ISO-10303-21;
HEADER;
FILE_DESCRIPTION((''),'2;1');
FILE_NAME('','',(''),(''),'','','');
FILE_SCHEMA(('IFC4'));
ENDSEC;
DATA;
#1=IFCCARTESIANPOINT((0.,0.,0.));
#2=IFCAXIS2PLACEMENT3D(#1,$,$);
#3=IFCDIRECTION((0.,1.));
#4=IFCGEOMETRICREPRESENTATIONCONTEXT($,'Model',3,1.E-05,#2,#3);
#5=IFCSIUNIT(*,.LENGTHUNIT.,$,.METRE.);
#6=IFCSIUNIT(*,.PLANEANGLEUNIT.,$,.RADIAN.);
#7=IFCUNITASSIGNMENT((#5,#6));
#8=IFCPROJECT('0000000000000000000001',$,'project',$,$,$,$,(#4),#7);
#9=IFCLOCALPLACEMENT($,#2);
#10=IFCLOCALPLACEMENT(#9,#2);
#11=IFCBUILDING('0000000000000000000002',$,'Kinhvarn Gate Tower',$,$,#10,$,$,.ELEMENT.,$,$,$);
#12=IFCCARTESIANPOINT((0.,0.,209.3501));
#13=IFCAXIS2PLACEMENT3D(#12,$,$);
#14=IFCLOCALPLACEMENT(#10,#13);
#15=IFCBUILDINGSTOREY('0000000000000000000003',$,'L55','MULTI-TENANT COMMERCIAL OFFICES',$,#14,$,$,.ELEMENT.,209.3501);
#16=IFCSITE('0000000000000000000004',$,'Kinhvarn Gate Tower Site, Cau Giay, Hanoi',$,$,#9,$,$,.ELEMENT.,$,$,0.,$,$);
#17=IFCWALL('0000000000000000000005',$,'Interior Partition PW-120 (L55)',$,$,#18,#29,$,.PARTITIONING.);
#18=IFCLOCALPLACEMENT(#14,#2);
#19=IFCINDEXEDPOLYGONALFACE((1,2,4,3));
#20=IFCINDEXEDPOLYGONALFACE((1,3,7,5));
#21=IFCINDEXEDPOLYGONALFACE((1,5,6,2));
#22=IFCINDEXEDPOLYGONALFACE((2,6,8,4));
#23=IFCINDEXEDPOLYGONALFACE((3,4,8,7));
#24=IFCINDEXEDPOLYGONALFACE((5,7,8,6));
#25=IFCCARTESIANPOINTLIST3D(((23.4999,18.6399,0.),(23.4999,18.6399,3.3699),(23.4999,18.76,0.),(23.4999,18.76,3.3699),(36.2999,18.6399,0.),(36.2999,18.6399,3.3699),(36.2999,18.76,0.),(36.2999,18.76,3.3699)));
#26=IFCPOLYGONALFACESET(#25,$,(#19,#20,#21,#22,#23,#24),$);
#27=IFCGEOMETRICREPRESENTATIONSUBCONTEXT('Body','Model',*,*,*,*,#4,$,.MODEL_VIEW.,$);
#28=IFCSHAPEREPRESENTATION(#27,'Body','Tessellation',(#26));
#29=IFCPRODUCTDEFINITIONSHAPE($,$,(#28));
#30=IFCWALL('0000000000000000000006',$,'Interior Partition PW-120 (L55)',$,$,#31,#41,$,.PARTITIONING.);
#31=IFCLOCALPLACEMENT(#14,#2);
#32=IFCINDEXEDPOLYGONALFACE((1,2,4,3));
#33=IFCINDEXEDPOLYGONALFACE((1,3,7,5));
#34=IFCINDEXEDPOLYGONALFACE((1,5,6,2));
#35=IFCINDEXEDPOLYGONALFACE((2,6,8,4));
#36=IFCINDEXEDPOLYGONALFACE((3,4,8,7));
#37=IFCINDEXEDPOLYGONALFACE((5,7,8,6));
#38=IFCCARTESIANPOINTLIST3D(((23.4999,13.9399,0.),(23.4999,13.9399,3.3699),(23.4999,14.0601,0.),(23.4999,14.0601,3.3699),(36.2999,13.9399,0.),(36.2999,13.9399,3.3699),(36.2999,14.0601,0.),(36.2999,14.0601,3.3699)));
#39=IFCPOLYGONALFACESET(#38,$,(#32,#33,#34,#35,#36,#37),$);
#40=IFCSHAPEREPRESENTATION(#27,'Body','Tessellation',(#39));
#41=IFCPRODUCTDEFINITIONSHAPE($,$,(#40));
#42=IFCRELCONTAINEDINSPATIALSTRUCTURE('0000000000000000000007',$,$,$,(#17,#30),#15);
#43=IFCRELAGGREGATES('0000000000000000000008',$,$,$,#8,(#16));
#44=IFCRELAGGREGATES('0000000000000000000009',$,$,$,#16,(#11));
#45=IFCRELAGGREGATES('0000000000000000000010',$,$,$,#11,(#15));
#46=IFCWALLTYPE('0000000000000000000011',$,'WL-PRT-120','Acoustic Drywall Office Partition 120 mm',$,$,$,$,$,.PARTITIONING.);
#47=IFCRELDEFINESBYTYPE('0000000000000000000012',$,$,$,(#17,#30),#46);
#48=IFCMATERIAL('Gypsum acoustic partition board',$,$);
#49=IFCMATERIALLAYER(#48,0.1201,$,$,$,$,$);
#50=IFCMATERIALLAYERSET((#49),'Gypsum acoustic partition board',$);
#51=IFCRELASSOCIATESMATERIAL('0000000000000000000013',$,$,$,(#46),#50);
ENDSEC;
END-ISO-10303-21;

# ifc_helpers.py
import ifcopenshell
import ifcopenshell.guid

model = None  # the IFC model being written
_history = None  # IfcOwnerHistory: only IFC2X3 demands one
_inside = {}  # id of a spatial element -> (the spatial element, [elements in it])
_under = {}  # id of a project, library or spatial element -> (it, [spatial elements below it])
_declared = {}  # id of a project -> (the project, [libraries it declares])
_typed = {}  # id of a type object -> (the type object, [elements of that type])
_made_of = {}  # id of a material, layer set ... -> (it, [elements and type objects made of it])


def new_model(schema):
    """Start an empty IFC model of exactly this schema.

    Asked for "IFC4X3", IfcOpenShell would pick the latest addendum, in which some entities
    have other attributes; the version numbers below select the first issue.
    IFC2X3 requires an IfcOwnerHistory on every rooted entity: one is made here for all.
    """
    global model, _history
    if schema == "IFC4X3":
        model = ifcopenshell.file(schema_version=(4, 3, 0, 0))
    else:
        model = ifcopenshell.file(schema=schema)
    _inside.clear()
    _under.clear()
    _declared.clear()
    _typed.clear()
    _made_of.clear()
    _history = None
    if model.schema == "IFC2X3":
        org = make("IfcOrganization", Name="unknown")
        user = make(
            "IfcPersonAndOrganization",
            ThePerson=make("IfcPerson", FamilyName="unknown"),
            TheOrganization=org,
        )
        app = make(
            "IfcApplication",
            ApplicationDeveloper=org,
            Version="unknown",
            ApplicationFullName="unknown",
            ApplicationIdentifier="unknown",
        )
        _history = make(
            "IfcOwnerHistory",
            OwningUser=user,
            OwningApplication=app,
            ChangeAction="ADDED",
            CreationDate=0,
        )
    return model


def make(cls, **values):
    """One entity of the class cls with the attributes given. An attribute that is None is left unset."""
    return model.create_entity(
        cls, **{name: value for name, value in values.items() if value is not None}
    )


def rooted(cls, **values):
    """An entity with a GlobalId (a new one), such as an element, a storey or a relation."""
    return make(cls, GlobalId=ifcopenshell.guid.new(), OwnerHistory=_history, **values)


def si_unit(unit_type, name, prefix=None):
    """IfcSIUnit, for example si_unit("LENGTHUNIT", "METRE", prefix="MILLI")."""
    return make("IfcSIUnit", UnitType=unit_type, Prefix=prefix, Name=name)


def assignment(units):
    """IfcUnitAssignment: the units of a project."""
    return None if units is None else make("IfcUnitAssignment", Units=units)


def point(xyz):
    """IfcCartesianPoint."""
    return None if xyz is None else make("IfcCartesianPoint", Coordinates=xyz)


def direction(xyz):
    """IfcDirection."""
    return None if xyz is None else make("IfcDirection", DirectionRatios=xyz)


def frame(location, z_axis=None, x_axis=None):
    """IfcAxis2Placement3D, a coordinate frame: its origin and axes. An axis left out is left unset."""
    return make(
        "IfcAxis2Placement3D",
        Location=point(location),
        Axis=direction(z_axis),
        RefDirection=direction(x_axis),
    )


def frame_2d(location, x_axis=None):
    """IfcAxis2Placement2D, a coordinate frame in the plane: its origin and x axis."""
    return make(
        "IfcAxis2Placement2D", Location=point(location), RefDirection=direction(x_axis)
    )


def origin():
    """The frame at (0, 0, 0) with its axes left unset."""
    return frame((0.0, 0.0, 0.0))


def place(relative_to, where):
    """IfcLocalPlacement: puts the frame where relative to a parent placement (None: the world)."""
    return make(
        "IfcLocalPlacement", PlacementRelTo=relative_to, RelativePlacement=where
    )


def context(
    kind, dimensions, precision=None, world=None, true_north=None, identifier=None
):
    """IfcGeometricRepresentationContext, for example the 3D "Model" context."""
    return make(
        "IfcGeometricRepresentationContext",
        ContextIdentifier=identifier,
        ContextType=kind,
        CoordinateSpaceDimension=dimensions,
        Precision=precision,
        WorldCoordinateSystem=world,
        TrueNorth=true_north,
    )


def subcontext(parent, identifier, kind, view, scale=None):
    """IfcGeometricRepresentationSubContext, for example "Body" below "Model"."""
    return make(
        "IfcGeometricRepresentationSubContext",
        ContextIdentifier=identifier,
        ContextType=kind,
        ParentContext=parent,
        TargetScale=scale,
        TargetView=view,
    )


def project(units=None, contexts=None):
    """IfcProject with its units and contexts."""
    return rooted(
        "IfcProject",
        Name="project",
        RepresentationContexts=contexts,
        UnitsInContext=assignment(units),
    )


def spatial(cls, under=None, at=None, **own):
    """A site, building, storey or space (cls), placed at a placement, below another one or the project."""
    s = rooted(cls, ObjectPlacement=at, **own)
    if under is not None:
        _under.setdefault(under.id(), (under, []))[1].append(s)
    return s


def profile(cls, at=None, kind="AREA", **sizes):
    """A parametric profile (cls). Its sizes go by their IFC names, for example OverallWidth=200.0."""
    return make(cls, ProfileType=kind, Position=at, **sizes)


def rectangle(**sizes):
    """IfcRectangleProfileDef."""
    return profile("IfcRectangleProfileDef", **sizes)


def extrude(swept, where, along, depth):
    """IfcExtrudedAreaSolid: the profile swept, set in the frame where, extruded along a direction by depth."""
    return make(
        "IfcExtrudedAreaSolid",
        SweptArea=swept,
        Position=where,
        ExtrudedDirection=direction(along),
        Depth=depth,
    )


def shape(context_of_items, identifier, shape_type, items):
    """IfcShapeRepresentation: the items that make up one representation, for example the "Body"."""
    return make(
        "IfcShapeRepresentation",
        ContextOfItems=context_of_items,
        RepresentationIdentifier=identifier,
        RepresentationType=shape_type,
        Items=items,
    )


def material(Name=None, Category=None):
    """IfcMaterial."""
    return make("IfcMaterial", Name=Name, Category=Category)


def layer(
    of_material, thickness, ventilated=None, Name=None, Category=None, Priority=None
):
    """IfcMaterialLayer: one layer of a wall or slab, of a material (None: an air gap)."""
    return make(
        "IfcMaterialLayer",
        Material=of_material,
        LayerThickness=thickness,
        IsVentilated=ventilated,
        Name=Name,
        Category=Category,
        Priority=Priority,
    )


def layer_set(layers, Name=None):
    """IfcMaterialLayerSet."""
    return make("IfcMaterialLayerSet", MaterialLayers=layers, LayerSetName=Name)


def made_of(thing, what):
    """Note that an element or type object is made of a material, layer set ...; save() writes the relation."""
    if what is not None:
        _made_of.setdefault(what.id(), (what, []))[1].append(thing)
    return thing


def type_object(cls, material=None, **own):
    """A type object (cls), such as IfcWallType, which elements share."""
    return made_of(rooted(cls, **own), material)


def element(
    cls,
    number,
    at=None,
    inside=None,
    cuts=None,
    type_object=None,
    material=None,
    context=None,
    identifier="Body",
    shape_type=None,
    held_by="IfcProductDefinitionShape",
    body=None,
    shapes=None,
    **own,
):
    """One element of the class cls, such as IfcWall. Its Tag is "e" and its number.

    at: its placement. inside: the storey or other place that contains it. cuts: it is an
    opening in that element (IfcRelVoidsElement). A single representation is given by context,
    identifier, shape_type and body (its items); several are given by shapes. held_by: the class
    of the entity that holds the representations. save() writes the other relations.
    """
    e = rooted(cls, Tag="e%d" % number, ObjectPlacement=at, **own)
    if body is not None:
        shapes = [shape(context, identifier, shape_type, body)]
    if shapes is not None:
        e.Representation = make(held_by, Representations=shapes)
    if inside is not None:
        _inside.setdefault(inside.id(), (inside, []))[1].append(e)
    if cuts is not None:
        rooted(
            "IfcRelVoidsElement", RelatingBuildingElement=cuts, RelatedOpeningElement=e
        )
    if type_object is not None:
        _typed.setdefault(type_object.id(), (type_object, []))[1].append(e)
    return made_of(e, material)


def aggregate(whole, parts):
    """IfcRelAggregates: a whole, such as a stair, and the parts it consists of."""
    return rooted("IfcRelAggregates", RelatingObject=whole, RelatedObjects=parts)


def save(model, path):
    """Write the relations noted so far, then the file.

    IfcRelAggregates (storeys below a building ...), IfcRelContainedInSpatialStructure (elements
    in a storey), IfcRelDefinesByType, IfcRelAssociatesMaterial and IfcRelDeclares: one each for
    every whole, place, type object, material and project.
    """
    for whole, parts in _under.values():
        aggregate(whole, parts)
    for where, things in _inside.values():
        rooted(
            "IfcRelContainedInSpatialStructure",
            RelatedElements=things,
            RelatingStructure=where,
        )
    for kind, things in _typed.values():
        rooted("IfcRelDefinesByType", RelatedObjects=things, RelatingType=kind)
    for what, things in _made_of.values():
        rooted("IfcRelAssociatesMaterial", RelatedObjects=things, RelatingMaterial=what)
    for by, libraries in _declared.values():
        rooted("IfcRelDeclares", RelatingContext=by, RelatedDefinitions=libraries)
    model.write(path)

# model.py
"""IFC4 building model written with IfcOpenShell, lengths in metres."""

from ifc_helpers import new_model, si_unit, direction, frame, frame_2d, origin, place, context, subcontext, project, spatial, rectangle, extrude, material, layer, layer_set, type_object, element, save


model = new_model("IFC4")

# Units and contexts
model_context = context("Model", 3, precision=1e-05, world=origin(), true_north=direction((0.0, 1.0)))
body_context = subcontext(model_context, "Body", "Model", "MODEL_VIEW")
ifc_project = project(units=[si_unit("LENGTHUNIT", "METRE"), si_unit("PLANEANGLEUNIT", "RADIAN")], contexts=[model_context])

# Site, building, storey
site_placement = place(None, origin())
site = spatial("IfcSite", under=ifc_project, at=site_placement, Name="Kinhvarn Gate Tower Site, Cau Giay, Hanoi", CompositionType="ELEMENT", RefElevation=0.0)
building_placement = place(site_placement, origin())
building = spatial("IfcBuilding", under=site, at=building_placement, Name="Kinhvarn Gate Tower", CompositionType="ELEMENT")
storey_placement = place(building_placement, frame((0.0, 0.0, 209.3501)))
storey = spatial("IfcBuildingStorey", under=building, at=storey_placement, Name="L55", Description="MULTI-TENANT COMMERCIAL OFFICES", CompositionType="ELEMENT", Elevation=209.3501)

# Walls
ifc_material_1 = material(Name="Gypsum acoustic partition board")
ifc_layer_1 = layer(ifc_material_1, 0.1201)
ifc_layer_set_1 = layer_set([ifc_layer_1], Name="Gypsum acoustic partition board")
wall_type_1 = type_object("IfcWallType", Name="WL-PRT-120", Description="Acoustic Drywall Office Partition 120 mm", PredefinedType="PARTITIONING", material=ifc_layer_set_1)
for number, where, z_axis, x_axis, name in (
    (1, (23.5, 18.7, 0.0), (0.0, 0.0, 1.0), (1.0, 0.0, 0.0), "Interior Partition PW-120 (L55)"),
    (2, (23.5, 14.0, 0.0), (0.0, 0.0, 1.0), (1.0, 0.0, 0.0), "Interior Partition PW-120 (L55)"),
):
    element("IfcWall", number, at=place(storey_placement, frame(where, z_axis=z_axis, x_axis=x_axis)), inside=storey, type_object=wall_type_1, Name=name, PredefinedType="PARTITIONING", context=body_context, shape_type="SweptSolid", body=[
        extrude(rectangle(XDim=12.8, YDim=0.1201, at=frame_2d((6.3999, 0.0))), origin(), (0.0, 0.0, 1.0), 3.3699),
    ])

save(model, "model.ifc")
